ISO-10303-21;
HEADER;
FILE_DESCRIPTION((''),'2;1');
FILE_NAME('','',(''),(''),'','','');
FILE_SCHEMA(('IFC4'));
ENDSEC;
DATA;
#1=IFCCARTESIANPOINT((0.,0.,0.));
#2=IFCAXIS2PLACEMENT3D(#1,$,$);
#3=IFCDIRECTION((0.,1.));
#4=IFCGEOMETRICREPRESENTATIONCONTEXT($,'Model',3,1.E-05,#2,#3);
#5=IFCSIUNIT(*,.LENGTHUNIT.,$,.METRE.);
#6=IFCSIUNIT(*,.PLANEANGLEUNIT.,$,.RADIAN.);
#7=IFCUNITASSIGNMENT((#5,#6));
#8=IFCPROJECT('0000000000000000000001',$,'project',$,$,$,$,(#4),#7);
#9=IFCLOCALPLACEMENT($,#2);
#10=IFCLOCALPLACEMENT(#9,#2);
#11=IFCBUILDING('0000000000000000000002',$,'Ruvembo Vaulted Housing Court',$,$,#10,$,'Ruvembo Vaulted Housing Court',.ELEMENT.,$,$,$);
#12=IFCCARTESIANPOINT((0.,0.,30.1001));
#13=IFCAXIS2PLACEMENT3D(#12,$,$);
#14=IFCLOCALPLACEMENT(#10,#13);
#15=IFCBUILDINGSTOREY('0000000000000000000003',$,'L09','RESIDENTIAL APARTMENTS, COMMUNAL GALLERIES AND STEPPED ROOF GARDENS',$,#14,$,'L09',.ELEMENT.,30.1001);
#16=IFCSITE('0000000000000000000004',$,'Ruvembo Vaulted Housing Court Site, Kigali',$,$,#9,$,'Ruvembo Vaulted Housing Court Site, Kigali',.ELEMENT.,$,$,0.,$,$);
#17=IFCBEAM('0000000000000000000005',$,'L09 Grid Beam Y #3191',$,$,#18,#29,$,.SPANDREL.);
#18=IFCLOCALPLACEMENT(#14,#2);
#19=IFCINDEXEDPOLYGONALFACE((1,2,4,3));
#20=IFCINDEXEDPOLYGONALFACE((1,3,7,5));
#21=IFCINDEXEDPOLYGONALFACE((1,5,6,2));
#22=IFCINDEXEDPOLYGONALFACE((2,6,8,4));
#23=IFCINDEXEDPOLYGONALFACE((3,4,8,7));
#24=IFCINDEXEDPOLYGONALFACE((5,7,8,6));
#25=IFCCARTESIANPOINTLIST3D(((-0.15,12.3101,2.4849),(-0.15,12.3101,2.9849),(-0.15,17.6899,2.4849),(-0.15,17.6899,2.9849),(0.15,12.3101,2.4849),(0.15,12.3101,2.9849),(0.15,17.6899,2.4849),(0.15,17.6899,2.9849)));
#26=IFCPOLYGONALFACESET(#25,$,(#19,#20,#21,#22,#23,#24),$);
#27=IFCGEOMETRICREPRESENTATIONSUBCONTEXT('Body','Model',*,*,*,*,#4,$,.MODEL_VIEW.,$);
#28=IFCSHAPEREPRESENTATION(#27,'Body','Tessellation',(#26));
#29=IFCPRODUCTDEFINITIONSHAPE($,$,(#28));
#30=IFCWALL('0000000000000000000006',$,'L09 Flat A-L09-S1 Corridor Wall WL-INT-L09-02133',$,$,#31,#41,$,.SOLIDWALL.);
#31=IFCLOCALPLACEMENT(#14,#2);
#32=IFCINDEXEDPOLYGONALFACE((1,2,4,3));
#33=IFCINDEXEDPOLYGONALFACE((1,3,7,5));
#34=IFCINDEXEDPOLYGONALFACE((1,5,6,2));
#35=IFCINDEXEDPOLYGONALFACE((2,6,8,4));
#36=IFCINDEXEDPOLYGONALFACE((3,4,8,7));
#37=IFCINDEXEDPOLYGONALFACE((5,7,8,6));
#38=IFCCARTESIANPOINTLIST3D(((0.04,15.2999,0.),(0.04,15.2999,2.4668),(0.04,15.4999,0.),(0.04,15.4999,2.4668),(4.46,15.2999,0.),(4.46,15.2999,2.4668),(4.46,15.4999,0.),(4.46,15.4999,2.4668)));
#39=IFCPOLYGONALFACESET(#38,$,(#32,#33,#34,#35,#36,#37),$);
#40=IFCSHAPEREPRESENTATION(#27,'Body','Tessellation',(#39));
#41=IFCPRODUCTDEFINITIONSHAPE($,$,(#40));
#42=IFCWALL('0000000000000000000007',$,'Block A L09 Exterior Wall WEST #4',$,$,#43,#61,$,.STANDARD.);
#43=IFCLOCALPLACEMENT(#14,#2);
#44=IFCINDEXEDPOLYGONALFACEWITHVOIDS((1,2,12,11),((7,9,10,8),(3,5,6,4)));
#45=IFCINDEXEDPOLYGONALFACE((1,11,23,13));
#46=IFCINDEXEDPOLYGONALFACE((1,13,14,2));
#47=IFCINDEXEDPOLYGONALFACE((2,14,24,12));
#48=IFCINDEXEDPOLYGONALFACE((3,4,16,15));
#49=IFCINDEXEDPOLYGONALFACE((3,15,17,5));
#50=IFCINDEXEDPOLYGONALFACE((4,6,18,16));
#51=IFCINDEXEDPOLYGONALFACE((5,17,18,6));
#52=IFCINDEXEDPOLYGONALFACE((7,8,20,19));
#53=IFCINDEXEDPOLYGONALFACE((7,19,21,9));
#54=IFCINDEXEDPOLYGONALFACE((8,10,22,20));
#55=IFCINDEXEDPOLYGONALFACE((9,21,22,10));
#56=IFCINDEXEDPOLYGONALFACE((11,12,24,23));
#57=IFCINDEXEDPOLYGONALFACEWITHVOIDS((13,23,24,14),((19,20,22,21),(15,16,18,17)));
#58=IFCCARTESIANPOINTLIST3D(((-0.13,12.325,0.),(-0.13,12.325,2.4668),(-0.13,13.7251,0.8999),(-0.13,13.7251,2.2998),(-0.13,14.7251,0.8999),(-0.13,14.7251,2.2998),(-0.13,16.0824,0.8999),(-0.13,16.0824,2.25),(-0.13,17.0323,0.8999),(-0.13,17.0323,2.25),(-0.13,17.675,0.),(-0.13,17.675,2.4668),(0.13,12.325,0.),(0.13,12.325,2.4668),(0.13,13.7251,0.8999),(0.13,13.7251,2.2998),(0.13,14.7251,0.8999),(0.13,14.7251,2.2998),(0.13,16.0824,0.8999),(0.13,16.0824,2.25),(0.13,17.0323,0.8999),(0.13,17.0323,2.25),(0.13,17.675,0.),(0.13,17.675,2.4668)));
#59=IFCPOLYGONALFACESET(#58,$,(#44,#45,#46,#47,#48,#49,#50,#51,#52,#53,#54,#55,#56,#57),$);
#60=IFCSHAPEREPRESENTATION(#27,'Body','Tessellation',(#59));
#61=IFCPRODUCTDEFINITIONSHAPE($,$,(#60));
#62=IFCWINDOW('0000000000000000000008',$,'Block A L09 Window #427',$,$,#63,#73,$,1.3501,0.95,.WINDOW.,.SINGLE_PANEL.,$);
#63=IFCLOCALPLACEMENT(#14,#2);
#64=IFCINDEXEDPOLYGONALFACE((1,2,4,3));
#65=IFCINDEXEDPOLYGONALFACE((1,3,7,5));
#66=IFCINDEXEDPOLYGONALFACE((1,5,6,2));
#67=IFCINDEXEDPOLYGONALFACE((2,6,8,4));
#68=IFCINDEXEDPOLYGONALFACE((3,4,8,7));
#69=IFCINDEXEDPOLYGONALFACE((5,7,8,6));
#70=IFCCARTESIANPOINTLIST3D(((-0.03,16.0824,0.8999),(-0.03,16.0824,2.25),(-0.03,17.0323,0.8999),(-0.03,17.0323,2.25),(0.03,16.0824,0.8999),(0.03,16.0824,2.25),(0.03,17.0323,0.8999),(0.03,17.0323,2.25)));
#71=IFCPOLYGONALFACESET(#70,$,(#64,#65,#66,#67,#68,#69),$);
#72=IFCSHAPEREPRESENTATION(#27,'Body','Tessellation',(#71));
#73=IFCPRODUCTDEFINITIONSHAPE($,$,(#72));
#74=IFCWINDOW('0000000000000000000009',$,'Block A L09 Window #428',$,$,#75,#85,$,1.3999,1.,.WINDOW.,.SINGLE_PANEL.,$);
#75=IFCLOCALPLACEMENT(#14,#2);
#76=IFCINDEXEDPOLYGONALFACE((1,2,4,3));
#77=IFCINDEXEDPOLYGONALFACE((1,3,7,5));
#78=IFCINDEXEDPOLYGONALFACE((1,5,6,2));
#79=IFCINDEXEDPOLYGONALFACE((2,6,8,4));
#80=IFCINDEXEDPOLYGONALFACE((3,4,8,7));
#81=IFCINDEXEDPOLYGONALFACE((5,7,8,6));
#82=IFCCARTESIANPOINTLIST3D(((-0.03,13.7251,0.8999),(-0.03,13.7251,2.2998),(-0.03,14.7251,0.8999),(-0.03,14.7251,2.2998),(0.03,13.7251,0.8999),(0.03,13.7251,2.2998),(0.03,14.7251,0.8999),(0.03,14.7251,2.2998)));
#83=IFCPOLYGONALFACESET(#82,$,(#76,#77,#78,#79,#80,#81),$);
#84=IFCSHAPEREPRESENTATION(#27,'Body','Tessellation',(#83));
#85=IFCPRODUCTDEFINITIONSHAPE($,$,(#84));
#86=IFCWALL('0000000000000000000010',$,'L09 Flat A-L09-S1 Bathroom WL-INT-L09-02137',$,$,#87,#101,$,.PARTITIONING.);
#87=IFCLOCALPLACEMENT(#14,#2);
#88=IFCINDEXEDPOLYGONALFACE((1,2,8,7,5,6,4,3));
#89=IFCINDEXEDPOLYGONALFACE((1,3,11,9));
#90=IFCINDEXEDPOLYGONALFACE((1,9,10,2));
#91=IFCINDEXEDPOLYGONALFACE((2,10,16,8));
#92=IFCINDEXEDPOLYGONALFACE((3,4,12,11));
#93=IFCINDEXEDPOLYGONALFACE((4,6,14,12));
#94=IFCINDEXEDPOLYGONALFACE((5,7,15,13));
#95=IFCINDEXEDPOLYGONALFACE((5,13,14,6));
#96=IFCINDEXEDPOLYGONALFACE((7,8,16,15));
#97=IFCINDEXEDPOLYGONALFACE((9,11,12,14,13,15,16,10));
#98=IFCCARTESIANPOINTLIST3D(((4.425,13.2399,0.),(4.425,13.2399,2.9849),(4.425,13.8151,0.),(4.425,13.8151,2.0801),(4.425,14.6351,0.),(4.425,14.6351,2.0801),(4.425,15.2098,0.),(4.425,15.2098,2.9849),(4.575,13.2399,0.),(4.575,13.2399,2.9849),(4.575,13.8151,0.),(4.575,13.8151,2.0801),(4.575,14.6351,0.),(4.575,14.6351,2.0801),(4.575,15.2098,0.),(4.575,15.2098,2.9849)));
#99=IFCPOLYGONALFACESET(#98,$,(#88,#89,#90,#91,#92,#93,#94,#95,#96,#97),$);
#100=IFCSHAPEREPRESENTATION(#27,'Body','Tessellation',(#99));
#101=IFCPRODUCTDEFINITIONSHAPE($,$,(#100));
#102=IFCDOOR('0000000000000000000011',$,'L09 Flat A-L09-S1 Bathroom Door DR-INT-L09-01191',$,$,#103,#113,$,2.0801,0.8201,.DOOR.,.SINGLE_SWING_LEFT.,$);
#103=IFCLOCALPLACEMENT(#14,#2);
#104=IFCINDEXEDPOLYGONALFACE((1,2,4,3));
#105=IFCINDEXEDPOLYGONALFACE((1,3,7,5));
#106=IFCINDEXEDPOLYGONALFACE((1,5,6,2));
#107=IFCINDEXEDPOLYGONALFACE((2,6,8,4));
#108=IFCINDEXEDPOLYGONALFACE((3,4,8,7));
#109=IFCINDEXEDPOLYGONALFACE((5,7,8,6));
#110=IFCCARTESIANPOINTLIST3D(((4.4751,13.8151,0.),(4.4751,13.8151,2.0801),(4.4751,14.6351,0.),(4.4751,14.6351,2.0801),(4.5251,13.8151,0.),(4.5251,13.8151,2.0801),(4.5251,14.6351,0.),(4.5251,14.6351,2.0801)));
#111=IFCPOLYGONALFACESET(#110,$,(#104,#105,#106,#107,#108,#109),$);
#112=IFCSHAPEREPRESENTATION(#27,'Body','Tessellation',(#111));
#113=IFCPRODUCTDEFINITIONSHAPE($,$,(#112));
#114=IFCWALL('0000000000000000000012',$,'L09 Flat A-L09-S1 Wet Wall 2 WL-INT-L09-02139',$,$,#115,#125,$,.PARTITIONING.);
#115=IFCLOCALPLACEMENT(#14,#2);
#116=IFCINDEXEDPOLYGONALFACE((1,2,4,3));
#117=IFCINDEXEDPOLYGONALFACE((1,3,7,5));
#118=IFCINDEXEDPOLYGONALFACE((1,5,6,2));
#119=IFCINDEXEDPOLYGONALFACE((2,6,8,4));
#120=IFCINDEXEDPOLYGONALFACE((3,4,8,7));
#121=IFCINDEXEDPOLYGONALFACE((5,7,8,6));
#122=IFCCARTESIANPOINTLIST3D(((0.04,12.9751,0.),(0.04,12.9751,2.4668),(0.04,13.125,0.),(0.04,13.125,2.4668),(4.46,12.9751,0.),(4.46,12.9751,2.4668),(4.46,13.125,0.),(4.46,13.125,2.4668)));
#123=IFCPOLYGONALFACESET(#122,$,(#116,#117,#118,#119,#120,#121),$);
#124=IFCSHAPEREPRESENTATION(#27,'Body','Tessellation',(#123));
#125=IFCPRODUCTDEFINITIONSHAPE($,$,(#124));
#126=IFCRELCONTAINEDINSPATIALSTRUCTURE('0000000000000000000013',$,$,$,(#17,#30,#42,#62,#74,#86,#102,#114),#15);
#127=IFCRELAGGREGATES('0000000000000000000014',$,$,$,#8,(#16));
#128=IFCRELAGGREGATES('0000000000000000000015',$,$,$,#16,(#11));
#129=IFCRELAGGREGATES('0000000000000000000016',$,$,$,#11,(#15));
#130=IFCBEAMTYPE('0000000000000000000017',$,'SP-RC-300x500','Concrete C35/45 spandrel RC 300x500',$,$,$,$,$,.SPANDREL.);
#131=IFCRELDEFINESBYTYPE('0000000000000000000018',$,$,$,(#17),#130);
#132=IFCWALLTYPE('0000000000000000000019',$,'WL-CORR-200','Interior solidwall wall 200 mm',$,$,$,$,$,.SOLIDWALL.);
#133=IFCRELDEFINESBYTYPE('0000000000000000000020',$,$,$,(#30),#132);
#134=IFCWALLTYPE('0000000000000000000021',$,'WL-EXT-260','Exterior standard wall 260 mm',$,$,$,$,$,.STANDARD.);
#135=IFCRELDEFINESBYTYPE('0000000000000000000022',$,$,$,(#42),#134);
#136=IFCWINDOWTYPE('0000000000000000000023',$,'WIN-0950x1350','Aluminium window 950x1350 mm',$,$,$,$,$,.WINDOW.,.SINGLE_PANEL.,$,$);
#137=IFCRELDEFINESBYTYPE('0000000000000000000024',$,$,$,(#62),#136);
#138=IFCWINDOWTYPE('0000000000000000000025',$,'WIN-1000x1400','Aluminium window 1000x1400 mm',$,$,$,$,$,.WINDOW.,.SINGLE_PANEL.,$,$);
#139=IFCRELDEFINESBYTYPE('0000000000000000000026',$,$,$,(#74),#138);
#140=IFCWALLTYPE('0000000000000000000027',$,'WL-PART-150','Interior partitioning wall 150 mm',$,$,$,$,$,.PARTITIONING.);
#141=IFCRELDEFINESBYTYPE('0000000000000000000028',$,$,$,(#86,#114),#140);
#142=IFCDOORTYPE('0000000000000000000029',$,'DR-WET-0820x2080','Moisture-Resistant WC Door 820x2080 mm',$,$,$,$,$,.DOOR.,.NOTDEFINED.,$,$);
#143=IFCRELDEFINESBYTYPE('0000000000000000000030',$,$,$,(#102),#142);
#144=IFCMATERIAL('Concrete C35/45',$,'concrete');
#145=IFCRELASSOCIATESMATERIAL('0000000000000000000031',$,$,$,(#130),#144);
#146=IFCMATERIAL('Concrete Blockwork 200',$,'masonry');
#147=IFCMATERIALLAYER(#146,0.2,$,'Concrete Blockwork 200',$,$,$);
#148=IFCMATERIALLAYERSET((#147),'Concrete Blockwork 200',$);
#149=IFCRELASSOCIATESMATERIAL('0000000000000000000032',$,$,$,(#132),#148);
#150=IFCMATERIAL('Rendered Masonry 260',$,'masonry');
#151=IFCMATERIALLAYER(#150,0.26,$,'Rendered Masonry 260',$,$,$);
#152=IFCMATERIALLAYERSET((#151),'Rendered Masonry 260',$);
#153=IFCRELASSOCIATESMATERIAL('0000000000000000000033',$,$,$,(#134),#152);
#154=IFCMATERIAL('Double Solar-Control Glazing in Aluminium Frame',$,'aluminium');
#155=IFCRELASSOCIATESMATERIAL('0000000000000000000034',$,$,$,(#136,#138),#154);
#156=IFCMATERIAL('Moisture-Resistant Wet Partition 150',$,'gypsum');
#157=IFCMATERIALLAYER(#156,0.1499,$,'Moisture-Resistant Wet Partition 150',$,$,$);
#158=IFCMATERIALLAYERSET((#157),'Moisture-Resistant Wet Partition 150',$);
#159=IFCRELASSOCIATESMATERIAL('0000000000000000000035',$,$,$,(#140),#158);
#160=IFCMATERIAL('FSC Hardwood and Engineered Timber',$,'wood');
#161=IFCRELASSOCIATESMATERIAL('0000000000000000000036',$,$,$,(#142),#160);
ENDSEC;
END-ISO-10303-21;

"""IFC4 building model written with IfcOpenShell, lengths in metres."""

from ifc_helpers import new_model, si_unit, direction, frame, frame_2d, origin, origin_2d, place, context, subcontext, project, spatial, rectangle, extrude, material, layer, layer_set, material_profile, profile_set, type_object, element, fill, save


model = new_model("IFC4")

# Units and contexts
model_context = context("Model", 3, precision=1e-05, world=origin(), true_north=direction((0.0, 1.0)))
body_context = subcontext(model_context, "Body", "Model", "MODEL_VIEW")
ifc_project = project(units=[si_unit("LENGTHUNIT", "METRE"), si_unit("PLANEANGLEUNIT", "RADIAN")], contexts=[model_context])

# Site, building, storey
site_placement = place(None, origin())
site = spatial("IfcSite", under=ifc_project, at=site_placement, Name="Ruvembo Vaulted Housing Court Site, Kigali", LongName="Ruvembo Vaulted Housing Court Site, Kigali", CompositionType="ELEMENT", RefElevation=0.0)
building_placement = place(site_placement, origin())
building = spatial("IfcBuilding", under=site, at=building_placement, Name="Ruvembo Vaulted Housing Court", LongName="Ruvembo Vaulted Housing Court", CompositionType="ELEMENT")
storey_placement = place(building_placement, frame((0.0, 0.0, 30.1001)))
storey = spatial("IfcBuildingStorey", under=building, at=storey_placement, Name="L09", Description="RESIDENTIAL APARTMENTS, COMMUNAL GALLERIES AND STEPPED ROOF GARDENS", LongName="L09", CompositionType="ELEMENT", Elevation=30.1001)

# Shared definitions
ifc_material_1 = material(Name="Concrete C35/45", Category="concrete")

# Beam
ifc_material_profile_1 = material_profile(ifc_material_1, rectangle(XDim=0.3, YDim=0.5, at=origin_2d()), Name="RC 300x500")
ifc_profile_set_1 = profile_set([ifc_material_profile_1], Name="Concrete C35/45")
beam_type_1 = type_object("IfcBeamType", Name="SP-RC-300x500", Description="Concrete C35/45 spandrel RC 300x500", PredefinedType="SPANDREL", material=ifc_profile_set_1)
beam_1_placement = place(storey_placement, frame((0.0, 12.3101, 2.7349), z_axis=(0.0, 1.0, 0.0), x_axis=(-1.0, 0.0, 0.0)))
element("IfcBeam", 1, at=beam_1_placement, inside=storey, type_object=beam_type_1, Name="L09 Grid Beam Y #3191", PredefinedType="SPANDREL", context=body_context, shape_type="SweptSolid", body=[
    extrude(rectangle(XDim=0.3, YDim=0.5, at=origin_2d()), origin(), (0.0, 0.0, 1.0), 5.3799),
])

# Wall
ifc_material_2 = material(Name="Concrete Blockwork 200", Category="masonry")
ifc_layer_1 = layer(ifc_material_2, 0.2, Name="Concrete Blockwork 200")
ifc_layer_set_1 = layer_set([ifc_layer_1], Name="Concrete Blockwork 200")
wall_type_1 = type_object("IfcWallType", Name="WL-CORR-200", Description="Interior solidwall wall 200 mm", PredefinedType="SOLIDWALL", material=ifc_layer_set_1)
wall_1_placement = place(storey_placement, frame((0.04, 15.3999, 0.0), z_axis=(0.0, 0.0, 1.0), x_axis=(1.0, 0.0, 0.0)))
element("IfcWall", 2, at=wall_1_placement, inside=storey, type_object=wall_type_1, Name="L09 Flat A-L09-S1 Corridor Wall WL-INT-L09-02133", PredefinedType="SOLIDWALL", context=body_context, shape_type="SweptSolid", body=[
    extrude(rectangle(XDim=4.4199, YDim=0.2, at=frame_2d((2.21, 0.0))), origin(), (0.0, 0.0, 1.0), 2.4668),
])

# Shared definitions
ifc_material_3 = material(Name="FSC Hardwood and Engineered Timber", Category="wood")

# Wall, openings, windows
ifc_material_4 = material(Name="Rendered Masonry 260", Category="masonry")
ifc_layer_2 = layer(ifc_material_4, 0.26, Name="Rendered Masonry 260")
ifc_layer_set_2 = layer_set([ifc_layer_2], Name="Rendered Masonry 260")
wall_type_2 = type_object("IfcWallType", Name="WL-EXT-260", Description="Exterior standard wall 260 mm", PredefinedType="STANDARD", material=ifc_layer_set_2)
wall_2_placement = place(storey_placement, frame((0.0, 17.675, 0.0), z_axis=(0.0, 0.0, 1.0), x_axis=(0.0, -1.0, 0.0)))
wall_2 = element("IfcWall", 3, at=wall_2_placement, inside=storey, type_object=wall_type_2, Name="Block A L09 Exterior Wall WEST #4", PredefinedType="STANDARD", context=body_context, shape_type="SweptSolid", body=[
    extrude(rectangle(XDim=5.3501, YDim=0.26, at=frame_2d((2.675, 0.0))), origin(), (0.0, 0.0, 1.0), 2.4668),
])
opening_1_placement = place(wall_2_placement, frame((0.6426, 0.0, 0.8999)))
opening_1 = element("IfcOpeningElement", 4, at=opening_1_placement, cuts=wall_2, PredefinedType="OPENING", context=body_context, shape_type="SweptSolid", body=[
    extrude(rectangle(XDim=0.95, YDim=1.3501, at=frame_2d((0.4751, 0.675))), frame((0.0, 0.1399, 0.0), z_axis=(0.0, -1.0, 0.0), x_axis=(1.0, 0.0, 0.0)), (0.0, 0.0, 1.0), 0.28),
])
opening_2_placement = place(wall_2_placement, frame((2.95, 0.0, 0.8999)))
opening_2 = element("IfcOpeningElement", 5, at=opening_2_placement, cuts=wall_2, PredefinedType="OPENING", context=body_context, shape_type="SweptSolid", body=[
    extrude(rectangle(XDim=1.0, YDim=1.3999, at=frame_2d((0.5, 0.7))), frame((0.0, 0.1399, 0.0), z_axis=(0.0, -1.0, 0.0), x_axis=(1.0, 0.0, 0.0)), (0.0, 0.0, 1.0), 0.28),
])
ifc_material_5 = material(Name="Double Solar-Control Glazing in Aluminium Frame", Category="aluminium")
window_type_1 = type_object("IfcWindowType", Name="WIN-0950x1350", Description="Aluminium window 950x1350 mm", PartitioningType="SINGLE_PANEL", PredefinedType="WINDOW", material=ifc_material_5)
window_1_placement = place(opening_1_placement, origin())
window_1 = element("IfcWindow", 6, at=window_1_placement, inside=storey, type_object=window_type_1, Name="Block A L09 Window #427", OverallHeight=1.3501, OverallWidth=0.95, PartitioningType="SINGLE_PANEL", PredefinedType="WINDOW", context=body_context, shape_type="SweptSolid", body=[
    extrude(rectangle(XDim=0.95, YDim=1.3501, at=frame_2d((0.4751, 0.675))), frame((0.0, 0.03, 0.0), z_axis=(0.0, -1.0, 0.0), x_axis=(1.0, 0.0, 0.0)), (0.0, 0.0, 1.0), 0.0601),
])
fill(opening_1, window_1)
window_type_2 = type_object("IfcWindowType", Name="WIN-1000x1400", Description="Aluminium window 1000x1400 mm", PartitioningType="SINGLE_PANEL", PredefinedType="WINDOW", material=ifc_material_5)
window_2_placement = place(opening_2_placement, origin())
window_2 = element("IfcWindow", 7, at=window_2_placement, inside=storey, type_object=window_type_2, Name="Block A L09 Window #428", OverallHeight=1.3999, OverallWidth=1.0, PartitioningType="SINGLE_PANEL", PredefinedType="WINDOW", context=body_context, shape_type="SweptSolid", body=[
    extrude(rectangle(XDim=1.0, YDim=1.3999, at=frame_2d((0.5, 0.7))), frame((0.0, 0.03, 0.0), z_axis=(0.0, -1.0, 0.0), x_axis=(1.0, 0.0, 0.0)), (0.0, 0.0, 1.0), 0.0601),
])
fill(opening_2, window_2)

# Wall, opening, door
ifc_material_6 = material(Name="Moisture-Resistant Wet Partition 150", Category="gypsum")
ifc_layer_3 = layer(ifc_material_6, 0.1499, Name="Moisture-Resistant Wet Partition 150")
ifc_layer_set_3 = layer_set([ifc_layer_3], Name="Moisture-Resistant Wet Partition 150")
wall_type_3 = type_object("IfcWallType", Name="WL-PART-150", Description="Interior partitioning wall 150 mm", PredefinedType="PARTITIONING", material=ifc_layer_set_3)
wall_3_placement = place(storey_placement, frame((4.5, 13.24, 0.0), z_axis=(0.0, 0.0, 1.0), x_axis=(0.0, 1.0, 0.0)))
wall_3 = element("IfcWall", 8, at=wall_3_placement, inside=storey, type_object=wall_type_3, Name="L09 Flat A-L09-S1 Bathroom WL-INT-L09-02137", PredefinedType="PARTITIONING", context=body_context, shape_type="SweptSolid", body=[
    extrude(rectangle(XDim=1.97, YDim=0.1499, at=frame_2d((0.9849, 0.0))), origin(), (0.0, 0.0, 1.0), 2.9849),
])
opening_3_placement = place(wall_3_placement, frame((0.575, 0.0, 0.0)))
opening_3 = element("IfcOpeningElement", 9, at=opening_3_placement, cuts=wall_3, PredefinedType="OPENING", context=body_context, shape_type="SweptSolid", body=[
    extrude(rectangle(XDim=0.8201, YDim=2.0801, at=frame_2d((0.4102, 1.04))), frame((0.0, 0.085, 0.0), z_axis=(0.0, -1.0, 0.0), x_axis=(1.0, 0.0, 0.0)), (0.0, 0.0, 1.0), 0.1699),
])
door_type_1 = type_object("IfcDoorType", Name="DR-WET-0820x2080", Description="Moisture-Resistant WC Door 820x2080 mm", OperationType="NOTDEFINED", PredefinedType="DOOR", material=ifc_material_3)
door_1_placement = place(opening_3_placement, origin())
door_1 = element("IfcDoor", 10, at=door_1_placement, inside=storey, type_object=door_type_1, Name="L09 Flat A-L09-S1 Bathroom Door DR-INT-L09-01191", OperationType="SINGLE_SWING_LEFT", OverallHeight=2.0801, OverallWidth=0.8201, PredefinedType="DOOR", context=body_context, shape_type="SweptSolid", body=[
    extrude(rectangle(XDim=0.8201, YDim=2.0801, at=frame_2d((0.4102, 1.04))), frame((0.0, 0.0249, 0.0), z_axis=(0.0, -1.0, 0.0), x_axis=(1.0, 0.0, 0.0)), (0.0, 0.0, 1.0), 0.05),
])
fill(opening_3, door_1)

# Wall
wall_4_placement = place(storey_placement, frame((0.04, 13.05, 0.0), z_axis=(0.0, 0.0, 1.0), x_axis=(1.0, 0.0, 0.0)))
element("IfcWall", 11, at=wall_4_placement, inside=storey, type_object=wall_type_3, Name="L09 Flat A-L09-S1 Wet Wall 2 WL-INT-L09-02139", PredefinedType="PARTITIONING", context=body_context, shape_type="SweptSolid", body=[
    extrude(rectangle(XDim=4.4199, YDim=0.1499, at=frame_2d((2.21, 0.0))), origin(), (0.0, 0.0, 1.0), 2.4668),
])

save(model, "model.ifc")
